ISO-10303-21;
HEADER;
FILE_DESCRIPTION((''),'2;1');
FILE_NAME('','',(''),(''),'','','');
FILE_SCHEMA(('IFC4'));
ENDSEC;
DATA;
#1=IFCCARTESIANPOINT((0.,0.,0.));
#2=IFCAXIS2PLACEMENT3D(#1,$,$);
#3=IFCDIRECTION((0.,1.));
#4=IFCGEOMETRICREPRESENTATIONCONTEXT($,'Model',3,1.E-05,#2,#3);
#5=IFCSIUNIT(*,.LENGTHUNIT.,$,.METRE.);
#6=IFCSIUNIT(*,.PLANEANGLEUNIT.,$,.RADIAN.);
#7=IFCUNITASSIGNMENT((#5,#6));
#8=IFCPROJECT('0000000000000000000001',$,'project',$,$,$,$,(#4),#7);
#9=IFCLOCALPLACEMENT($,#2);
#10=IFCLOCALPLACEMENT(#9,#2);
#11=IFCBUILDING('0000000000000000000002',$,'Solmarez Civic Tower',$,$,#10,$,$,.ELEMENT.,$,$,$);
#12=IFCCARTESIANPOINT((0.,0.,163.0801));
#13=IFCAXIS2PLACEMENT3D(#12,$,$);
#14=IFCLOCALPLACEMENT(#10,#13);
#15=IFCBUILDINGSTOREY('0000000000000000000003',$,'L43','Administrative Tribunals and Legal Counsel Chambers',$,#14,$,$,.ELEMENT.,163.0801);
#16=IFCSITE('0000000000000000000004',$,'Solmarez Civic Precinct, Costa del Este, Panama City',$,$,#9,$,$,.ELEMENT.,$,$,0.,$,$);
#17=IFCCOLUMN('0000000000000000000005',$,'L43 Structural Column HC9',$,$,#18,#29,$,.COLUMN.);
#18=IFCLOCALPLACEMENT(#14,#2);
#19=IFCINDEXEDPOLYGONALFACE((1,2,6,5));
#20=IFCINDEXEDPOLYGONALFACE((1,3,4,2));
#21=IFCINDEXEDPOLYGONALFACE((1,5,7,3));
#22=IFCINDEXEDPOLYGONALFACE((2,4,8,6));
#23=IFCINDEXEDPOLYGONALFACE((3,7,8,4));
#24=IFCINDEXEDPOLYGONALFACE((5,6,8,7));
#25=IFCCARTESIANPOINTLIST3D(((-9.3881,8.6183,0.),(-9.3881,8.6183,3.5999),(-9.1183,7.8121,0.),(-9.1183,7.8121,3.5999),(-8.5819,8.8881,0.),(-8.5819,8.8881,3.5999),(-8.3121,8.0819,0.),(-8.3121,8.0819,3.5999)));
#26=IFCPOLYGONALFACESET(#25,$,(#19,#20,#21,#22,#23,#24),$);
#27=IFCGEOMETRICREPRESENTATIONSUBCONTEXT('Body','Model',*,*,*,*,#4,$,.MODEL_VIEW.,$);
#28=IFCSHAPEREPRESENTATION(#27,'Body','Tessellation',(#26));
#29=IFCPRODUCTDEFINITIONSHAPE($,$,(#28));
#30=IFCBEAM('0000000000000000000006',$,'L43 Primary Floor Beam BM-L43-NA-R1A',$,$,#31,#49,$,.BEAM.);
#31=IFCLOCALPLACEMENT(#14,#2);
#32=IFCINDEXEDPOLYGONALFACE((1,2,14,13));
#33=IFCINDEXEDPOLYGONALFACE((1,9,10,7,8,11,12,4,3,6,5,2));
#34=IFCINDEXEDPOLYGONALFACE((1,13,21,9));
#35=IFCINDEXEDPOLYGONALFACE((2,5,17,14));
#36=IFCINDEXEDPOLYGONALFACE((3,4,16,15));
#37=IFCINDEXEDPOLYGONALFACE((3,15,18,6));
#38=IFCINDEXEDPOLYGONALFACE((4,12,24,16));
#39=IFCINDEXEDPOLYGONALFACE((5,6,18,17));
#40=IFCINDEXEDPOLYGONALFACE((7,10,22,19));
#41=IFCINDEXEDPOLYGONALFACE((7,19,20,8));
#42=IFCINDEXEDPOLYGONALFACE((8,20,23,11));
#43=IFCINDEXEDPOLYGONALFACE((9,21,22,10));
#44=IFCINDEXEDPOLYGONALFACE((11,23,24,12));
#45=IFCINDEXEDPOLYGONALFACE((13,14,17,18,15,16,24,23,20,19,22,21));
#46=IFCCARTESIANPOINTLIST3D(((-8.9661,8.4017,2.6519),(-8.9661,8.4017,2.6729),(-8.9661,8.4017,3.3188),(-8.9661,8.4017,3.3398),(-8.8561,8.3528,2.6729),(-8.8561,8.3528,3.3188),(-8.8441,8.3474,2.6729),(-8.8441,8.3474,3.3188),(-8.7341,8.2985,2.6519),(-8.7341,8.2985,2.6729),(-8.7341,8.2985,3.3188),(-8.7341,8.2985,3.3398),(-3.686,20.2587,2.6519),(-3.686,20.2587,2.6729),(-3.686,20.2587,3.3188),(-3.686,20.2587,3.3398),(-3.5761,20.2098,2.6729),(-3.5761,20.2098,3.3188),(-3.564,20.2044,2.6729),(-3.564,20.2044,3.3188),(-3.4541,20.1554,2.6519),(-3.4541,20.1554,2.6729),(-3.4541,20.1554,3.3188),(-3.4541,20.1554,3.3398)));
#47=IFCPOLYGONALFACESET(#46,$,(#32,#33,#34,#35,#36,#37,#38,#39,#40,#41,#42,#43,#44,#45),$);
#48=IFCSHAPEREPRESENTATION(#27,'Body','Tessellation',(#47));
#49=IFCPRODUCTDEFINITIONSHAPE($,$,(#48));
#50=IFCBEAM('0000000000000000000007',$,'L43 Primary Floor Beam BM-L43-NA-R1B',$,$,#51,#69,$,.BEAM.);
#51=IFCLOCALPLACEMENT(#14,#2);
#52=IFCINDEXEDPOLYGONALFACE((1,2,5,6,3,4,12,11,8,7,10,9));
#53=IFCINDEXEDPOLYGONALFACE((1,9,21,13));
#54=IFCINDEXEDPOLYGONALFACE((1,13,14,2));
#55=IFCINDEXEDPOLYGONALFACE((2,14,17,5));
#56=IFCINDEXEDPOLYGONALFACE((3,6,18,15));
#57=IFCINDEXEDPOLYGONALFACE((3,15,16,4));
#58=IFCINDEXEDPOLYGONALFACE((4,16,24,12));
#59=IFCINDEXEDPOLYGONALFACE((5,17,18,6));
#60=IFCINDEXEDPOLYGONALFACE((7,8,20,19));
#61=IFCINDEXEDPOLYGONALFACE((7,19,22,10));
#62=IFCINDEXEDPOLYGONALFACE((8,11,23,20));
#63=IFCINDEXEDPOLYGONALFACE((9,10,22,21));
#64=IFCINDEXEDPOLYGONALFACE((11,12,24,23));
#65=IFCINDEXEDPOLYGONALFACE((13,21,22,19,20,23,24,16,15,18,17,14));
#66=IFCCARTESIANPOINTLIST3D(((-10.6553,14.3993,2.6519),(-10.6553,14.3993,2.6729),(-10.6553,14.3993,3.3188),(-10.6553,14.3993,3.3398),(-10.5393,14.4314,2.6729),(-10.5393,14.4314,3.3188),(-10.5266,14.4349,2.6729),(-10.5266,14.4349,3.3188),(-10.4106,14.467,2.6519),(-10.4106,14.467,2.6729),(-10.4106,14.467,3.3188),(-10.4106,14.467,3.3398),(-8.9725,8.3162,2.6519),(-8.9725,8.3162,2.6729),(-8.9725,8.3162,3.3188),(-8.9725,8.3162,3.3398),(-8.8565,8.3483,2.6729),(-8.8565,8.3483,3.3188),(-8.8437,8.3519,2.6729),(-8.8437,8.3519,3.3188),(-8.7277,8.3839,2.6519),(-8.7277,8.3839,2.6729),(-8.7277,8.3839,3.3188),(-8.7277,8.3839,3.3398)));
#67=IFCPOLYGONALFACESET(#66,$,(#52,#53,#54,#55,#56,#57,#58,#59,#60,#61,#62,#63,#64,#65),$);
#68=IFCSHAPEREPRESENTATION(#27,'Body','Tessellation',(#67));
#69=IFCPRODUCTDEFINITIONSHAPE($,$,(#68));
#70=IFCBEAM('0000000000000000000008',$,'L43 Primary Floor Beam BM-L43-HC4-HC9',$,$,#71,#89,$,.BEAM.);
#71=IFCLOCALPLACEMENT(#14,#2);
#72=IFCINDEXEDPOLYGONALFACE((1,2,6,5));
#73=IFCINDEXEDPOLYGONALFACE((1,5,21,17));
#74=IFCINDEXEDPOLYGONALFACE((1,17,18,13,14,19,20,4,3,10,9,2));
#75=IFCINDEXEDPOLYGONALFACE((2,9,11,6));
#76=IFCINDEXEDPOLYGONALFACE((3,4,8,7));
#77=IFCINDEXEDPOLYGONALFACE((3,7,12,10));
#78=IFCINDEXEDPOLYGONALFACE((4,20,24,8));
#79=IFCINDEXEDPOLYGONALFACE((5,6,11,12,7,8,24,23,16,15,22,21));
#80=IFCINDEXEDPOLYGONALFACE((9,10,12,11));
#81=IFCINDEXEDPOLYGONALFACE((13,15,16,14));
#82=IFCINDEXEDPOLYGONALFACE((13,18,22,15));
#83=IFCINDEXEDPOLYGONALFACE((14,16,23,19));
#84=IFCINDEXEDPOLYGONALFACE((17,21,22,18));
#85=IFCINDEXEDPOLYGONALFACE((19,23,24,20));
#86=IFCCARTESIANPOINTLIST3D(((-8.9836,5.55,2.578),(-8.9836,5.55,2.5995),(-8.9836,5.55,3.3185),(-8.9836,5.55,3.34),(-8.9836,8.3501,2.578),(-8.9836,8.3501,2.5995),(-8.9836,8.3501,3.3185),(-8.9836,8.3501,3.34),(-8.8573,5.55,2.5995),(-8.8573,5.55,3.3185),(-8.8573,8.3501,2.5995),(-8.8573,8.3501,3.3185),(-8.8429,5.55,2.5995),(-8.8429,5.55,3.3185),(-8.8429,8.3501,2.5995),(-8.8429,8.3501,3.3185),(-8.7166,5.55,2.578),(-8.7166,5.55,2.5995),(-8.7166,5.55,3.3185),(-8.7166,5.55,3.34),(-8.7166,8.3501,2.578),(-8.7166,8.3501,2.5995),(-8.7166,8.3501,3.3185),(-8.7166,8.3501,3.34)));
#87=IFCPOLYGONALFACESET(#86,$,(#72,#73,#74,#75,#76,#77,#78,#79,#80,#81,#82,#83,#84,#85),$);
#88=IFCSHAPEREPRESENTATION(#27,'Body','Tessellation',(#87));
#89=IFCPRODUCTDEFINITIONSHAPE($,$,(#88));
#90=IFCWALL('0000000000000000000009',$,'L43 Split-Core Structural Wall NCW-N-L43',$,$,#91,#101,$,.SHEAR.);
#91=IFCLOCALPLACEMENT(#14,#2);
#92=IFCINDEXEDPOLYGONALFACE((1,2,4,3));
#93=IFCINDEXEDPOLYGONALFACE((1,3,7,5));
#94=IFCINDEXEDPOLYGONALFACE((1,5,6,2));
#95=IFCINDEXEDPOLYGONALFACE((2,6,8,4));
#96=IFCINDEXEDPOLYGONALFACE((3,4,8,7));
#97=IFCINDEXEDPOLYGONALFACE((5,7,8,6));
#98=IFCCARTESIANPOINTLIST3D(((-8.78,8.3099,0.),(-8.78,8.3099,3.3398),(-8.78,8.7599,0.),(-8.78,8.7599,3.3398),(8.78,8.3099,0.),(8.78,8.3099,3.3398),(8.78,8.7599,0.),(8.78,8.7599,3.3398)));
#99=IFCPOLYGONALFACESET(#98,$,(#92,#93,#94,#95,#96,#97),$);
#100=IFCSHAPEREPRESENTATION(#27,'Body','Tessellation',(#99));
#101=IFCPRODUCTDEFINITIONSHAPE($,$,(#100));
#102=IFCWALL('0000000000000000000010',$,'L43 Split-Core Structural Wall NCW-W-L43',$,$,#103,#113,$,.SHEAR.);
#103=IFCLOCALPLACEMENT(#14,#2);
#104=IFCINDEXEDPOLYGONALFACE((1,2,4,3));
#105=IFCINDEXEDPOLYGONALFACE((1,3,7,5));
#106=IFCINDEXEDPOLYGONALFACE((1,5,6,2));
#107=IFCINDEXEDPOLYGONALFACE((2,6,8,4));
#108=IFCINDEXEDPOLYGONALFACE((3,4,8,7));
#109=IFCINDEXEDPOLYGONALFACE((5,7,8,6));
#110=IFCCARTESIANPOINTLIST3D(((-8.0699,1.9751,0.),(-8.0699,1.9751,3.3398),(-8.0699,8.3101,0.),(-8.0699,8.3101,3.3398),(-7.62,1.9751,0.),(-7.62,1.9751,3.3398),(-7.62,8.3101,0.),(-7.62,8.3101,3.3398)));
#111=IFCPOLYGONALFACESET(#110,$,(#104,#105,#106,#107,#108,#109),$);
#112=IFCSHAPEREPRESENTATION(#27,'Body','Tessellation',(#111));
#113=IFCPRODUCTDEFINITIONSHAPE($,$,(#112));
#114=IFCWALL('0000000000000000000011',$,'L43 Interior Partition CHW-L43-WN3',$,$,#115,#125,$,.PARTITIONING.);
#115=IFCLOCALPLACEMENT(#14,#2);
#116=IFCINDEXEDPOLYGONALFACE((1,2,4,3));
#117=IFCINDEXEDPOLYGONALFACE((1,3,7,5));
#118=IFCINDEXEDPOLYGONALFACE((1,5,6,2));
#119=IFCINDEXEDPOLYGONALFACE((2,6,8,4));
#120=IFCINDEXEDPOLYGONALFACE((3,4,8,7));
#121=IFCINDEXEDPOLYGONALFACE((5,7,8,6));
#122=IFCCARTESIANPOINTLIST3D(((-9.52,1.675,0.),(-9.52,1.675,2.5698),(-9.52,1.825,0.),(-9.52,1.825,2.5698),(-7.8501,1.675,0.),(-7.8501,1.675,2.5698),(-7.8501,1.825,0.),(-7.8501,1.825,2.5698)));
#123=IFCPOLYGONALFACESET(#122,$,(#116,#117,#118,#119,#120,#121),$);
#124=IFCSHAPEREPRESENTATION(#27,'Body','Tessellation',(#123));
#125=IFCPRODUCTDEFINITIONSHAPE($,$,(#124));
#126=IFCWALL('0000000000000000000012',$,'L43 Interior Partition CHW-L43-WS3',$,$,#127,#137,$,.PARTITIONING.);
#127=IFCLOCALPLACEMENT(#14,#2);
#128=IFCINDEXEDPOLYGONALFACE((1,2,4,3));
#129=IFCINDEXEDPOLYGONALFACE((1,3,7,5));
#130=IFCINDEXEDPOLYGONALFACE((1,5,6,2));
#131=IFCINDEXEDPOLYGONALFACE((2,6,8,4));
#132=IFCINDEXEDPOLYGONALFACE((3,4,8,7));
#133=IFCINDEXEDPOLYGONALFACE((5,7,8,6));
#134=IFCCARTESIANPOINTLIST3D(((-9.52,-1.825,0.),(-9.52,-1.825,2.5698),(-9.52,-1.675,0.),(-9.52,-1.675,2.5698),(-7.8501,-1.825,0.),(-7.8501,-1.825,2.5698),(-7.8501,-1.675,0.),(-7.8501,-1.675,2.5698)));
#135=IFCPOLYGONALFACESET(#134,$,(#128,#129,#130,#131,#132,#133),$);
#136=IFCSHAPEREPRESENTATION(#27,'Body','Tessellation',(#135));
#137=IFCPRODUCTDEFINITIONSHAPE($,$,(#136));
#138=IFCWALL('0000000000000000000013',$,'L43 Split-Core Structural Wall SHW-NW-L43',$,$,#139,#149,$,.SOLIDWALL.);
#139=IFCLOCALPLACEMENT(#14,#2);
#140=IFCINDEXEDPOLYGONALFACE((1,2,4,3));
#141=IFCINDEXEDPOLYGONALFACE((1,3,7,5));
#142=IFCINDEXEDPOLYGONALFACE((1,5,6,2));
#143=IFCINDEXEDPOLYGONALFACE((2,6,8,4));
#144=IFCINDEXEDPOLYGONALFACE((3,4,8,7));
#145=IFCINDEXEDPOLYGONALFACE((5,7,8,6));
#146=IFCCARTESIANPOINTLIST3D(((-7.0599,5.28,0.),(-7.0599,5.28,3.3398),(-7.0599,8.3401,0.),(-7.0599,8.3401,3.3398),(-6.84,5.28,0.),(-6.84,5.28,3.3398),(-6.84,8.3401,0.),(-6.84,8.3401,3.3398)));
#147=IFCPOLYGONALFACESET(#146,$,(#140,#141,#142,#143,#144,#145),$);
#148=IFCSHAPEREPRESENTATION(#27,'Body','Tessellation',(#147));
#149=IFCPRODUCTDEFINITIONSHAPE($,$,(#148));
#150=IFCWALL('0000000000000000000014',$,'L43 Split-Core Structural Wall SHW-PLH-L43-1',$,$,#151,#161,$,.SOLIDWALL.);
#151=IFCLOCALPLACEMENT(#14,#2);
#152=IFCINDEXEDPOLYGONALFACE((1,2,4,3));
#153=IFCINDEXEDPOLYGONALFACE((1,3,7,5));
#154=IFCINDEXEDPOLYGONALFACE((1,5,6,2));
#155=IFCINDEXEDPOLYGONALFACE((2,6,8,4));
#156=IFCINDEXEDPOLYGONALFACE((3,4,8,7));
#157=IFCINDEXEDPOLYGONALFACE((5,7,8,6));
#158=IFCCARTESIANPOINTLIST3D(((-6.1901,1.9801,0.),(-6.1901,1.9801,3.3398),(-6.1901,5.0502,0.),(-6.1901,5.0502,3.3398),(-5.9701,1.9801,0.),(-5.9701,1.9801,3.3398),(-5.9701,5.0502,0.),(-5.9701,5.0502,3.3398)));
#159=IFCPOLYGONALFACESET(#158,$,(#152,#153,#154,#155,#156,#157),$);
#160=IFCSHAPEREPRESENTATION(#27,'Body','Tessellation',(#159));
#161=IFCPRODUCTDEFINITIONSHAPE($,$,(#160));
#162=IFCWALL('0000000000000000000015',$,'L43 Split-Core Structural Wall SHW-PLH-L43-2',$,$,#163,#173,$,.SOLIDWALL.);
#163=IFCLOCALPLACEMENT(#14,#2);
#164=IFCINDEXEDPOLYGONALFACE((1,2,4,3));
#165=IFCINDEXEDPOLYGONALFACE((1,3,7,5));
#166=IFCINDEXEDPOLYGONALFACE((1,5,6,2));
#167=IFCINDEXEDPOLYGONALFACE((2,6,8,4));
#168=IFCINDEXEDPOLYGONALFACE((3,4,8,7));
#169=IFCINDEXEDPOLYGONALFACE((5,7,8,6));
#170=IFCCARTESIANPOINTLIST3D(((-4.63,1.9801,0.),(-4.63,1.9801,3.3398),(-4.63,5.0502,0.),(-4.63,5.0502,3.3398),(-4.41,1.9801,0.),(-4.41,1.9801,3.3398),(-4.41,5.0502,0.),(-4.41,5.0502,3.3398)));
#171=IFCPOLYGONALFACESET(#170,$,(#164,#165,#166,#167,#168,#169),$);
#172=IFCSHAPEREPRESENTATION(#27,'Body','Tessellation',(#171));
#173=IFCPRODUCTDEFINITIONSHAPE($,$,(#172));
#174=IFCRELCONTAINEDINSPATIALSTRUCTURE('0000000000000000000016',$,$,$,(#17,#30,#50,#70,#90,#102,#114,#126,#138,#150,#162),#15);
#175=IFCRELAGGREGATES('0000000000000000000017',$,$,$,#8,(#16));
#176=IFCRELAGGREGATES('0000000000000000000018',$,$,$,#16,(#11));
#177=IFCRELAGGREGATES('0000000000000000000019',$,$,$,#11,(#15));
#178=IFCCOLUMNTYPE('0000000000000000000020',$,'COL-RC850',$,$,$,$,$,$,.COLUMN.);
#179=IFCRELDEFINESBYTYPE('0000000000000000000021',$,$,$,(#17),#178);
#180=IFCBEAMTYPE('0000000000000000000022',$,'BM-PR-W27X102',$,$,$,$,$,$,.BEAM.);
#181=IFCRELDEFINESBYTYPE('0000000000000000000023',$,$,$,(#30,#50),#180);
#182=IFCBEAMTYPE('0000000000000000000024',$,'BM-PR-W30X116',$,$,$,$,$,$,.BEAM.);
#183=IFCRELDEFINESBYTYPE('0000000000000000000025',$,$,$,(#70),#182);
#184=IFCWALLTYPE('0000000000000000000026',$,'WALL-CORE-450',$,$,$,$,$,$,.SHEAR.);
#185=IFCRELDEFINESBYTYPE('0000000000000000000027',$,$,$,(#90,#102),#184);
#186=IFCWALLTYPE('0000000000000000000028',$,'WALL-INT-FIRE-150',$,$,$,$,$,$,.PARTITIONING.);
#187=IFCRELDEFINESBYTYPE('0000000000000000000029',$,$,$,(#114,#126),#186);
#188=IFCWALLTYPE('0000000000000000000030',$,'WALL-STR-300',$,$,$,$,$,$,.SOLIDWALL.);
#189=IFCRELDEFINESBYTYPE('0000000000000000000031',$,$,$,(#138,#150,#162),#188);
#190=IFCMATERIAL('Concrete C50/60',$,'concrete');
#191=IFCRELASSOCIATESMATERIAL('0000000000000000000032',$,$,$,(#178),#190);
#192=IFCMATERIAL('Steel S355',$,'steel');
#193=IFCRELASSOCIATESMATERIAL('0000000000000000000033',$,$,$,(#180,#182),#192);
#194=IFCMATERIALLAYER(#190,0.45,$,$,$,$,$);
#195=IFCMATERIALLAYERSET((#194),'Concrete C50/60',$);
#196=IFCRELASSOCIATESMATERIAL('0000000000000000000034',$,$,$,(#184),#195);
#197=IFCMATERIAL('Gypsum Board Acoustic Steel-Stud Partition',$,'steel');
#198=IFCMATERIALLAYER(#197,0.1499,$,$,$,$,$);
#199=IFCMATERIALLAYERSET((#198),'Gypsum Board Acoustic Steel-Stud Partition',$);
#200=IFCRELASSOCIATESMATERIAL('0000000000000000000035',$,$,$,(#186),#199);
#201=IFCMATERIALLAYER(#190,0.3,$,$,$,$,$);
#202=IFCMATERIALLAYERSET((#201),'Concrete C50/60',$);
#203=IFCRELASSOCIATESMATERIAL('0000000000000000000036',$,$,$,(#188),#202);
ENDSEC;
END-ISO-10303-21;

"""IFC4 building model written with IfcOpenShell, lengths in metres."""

from ifc_helpers import new_model, si_unit, direction, frame, frame_2d, origin, origin_2d, place, context, subcontext, project, spatial, rectangle, i_section, extrude, material, layer, layer_set, material_profile, profile_set, type_object, element, save


model = new_model("IFC4")

# Units and contexts
model_context = context("Model", 3, precision=1e-05, world=origin(), true_north=direction((0.0, 1.0)))
body_context = subcontext(model_context, "Body", "Model", "MODEL_VIEW")
ifc_project = project(units=[si_unit("LENGTHUNIT", "METRE"), si_unit("PLANEANGLEUNIT", "RADIAN")], contexts=[model_context])

# Site, building, storey
site_placement = place(None, origin())
site = spatial("IfcSite", under=ifc_project, at=site_placement, Name="Solmarez Civic Precinct, Costa del Este, Panama City", CompositionType="ELEMENT", RefElevation=0.0)
building_placement = place(site_placement, origin())
building = spatial("IfcBuilding", under=site, at=building_placement, Name="Solmarez Civic Tower", CompositionType="ELEMENT")
storey_placement = place(building_placement, frame((0.0, 0.0, 163.0801)))
storey = spatial("IfcBuildingStorey", under=building, at=storey_placement, Name="L43", Description="Administrative Tribunals and Legal Counsel Chambers", CompositionType="ELEMENT", Elevation=163.0801)

# Column
ifc_material_1 = material(Name="Concrete C50/60", Category="concrete")
ifc_material_profile_1 = material_profile(ifc_material_1, rectangle(XDim=0.8501, YDim=0.8501, at=origin_2d()), Name="RC850X850")
ifc_profile_set_1 = profile_set([ifc_material_profile_1], Name="Concrete C50/60")
column_type = type_object("IfcColumnType", Name="COL-RC850", PredefinedType="COLUMN", material=ifc_profile_set_1)
column_placement = place(storey_placement, frame((-8.8501, 8.3501, 0.0), z_axis=(0.0, 0.0, 1.0), x_axis=(0.948324, 0.317305, 0.0)))
element("IfcColumn", 1, at=column_placement, inside=storey, type_object=column_type, Name="L43 Structural Column HC9", PredefinedType="COLUMN", context=body_context, shape_type="SweptSolid", body=[
    extrude(rectangle(XDim=0.8501, YDim=0.8501, at=origin_2d()), origin(), (0.0, 0.0, 1.0), 3.5999),
])

# Beams
ifc_material_2 = material(Name="Steel S355", Category="steel")
ifc_material_profile_2 = material_profile(ifc_material_2, i_section(OverallWidth=0.2539, OverallDepth=0.688, WebThickness=0.0132, FlangeThickness=0.021, at=origin_2d()), Name="W27X102")
ifc_profile_set_2 = profile_set([ifc_material_profile_2], Name="Steel S355")
beam_type_1 = type_object("IfcBeamType", Name="BM-PR-W27X102", PredefinedType="BEAM", material=ifc_profile_set_2)
beam_1_placement = place(storey_placement, frame((-8.8501, 8.3501, 2.9958), z_axis=(0.4068, 0.913517, 0.0), x_axis=(-0.913517, 0.4068, 0.0)))
element("IfcBeam", 2, at=beam_1_placement, inside=storey, type_object=beam_type_1, Name="L43 Primary Floor Beam BM-L43-NA-R1A", PredefinedType="BEAM", context=body_context, shape_type="SweptSolid", body=[
    extrude(i_section(OverallWidth=0.2539, OverallDepth=0.688, WebThickness=0.0132, FlangeThickness=0.021, at=origin_2d()), origin(), (0.0, 0.0, 1.0), 12.9795),
])
beam_2_placement = place(storey_placement, frame((-8.8501, 8.3501, 2.9958), z_axis=(-0.266634, 0.963798, 0.0), x_axis=(-0.963798, -0.266634, 0.0)))
element("IfcBeam", 3, at=beam_2_placement, inside=storey, type_object=beam_type_1, Name="L43 Primary Floor Beam BM-L43-NA-R1B", PredefinedType="BEAM", context=body_context, shape_type="SweptSolid", body=[
    extrude(i_section(OverallWidth=0.2539, OverallDepth=0.688, WebThickness=0.0132, FlangeThickness=0.021, at=origin_2d()), origin(), (0.0, 0.0, 1.0), 6.3115),
])
ifc_material_profile_3 = material_profile(ifc_material_2, i_section(OverallWidth=0.2671, OverallDepth=0.762, WebThickness=0.0144, FlangeThickness=0.0215, at=origin_2d()), Name="W30X116")
ifc_profile_set_3 = profile_set([ifc_material_profile_3], Name="Steel S355")
beam_type_2 = type_object("IfcBeamType", Name="BM-PR-W30X116", PredefinedType="BEAM", material=ifc_profile_set_3)
beam_3_placement = place(storey_placement, frame((-8.8501, 5.55, 2.959), z_axis=(0.0, 1.0, 0.0), x_axis=(-1.0, 0.0, 0.0)))
element("IfcBeam", 4, at=beam_3_placement, inside=storey, type_object=beam_type_2, Name="L43 Primary Floor Beam BM-L43-HC4-HC9", PredefinedType="BEAM", context=body_context, shape_type="SweptSolid", body=[
    extrude(i_section(OverallWidth=0.2671, OverallDepth=0.762, WebThickness=0.0144, FlangeThickness=0.0215, at=origin_2d()), origin(), (0.0, 0.0, 1.0), 2.8),
])

# Walls
ifc_layer_1 = layer(ifc_material_1, 0.45)
ifc_layer_set_1 = layer_set([ifc_layer_1], Name="Concrete C50/60")
wall_type_1 = type_object("IfcWallType", Name="WALL-CORE-450", PredefinedType="SHEAR", material=ifc_layer_set_1)
wall_1_placement = place(storey_placement, frame((-8.78, 8.5349, 0.0), z_axis=(0.0, 0.0, 1.0), x_axis=(1.0, 0.0, 0.0)))
element("IfcWall", 5, at=wall_1_placement, inside=storey, type_object=wall_type_1, Name="L43 Split-Core Structural Wall NCW-N-L43", PredefinedType="SHEAR", context=body_context, shape_type="SweptSolid", body=[
    extrude(rectangle(XDim=17.5601, YDim=0.45, at=frame_2d((8.78, 0.0))), origin(), (0.0, 0.0, 1.0), 3.3398),
])
wall_2_placement = place(storey_placement, frame((-7.845, 1.9751, 0.0), z_axis=(0.0, 0.0, 1.0), x_axis=(0.0, 1.0, 0.0)))
element("IfcWall", 6, at=wall_2_placement, inside=storey, type_object=wall_type_1, Name="L43 Split-Core Structural Wall NCW-W-L43", PredefinedType="SHEAR", context=body_context, shape_type="SweptSolid", body=[
    extrude(rectangle(XDim=6.335, YDim=0.45, at=frame_2d((3.1675, 0.0))), origin(), (0.0, 0.0, 1.0), 3.3398),
])

# Walls
ifc_material_3 = material(Name="Gypsum Board Acoustic Steel-Stud Partition", Category="steel")
ifc_layer_2 = layer(ifc_material_3, 0.1499)
ifc_layer_set_2 = layer_set([ifc_layer_2], Name="Gypsum Board Acoustic Steel-Stud Partition")
wall_type_2 = type_object("IfcWallType", Name="WALL-INT-FIRE-150", PredefinedType="PARTITIONING", material=ifc_layer_set_2)
for number, where, z_axis, x_axis, name in (
    (7, (-7.8501, 1.75, 0.0), (0.0, 0.0, 1.0), (-1.0, 0.0, 0.0), "L43 Interior Partition CHW-L43-WN3"),
    (8, (-7.8501, -1.75, 0.0), (0.0, 0.0, 1.0), (-1.0, 0.0, 0.0), "L43 Interior Partition CHW-L43-WS3"),
):
    element("IfcWall", number, at=place(storey_placement, frame(where, z_axis=z_axis, x_axis=x_axis)), inside=storey, type_object=wall_type_2, Name=name, PredefinedType="PARTITIONING", context=body_context, shape_type="SweptSolid", body=[
        extrude(rectangle(XDim=1.6699, YDim=0.1499, at=frame_2d((0.835, 0.0))), origin(), (0.0, 0.0, 1.0), 2.5698),
    ])
ifc_layer_3 = layer(ifc_material_1, 0.3)
ifc_layer_set_3 = layer_set([ifc_layer_3], Name="Concrete C50/60")
wall_type_3 = type_object("IfcWallType", Name="WALL-STR-300", PredefinedType="SOLIDWALL", material=ifc_layer_set_3)
wall_3_placement = place(storey_placement, frame((-6.95, 5.28, 0.0), z_axis=(0.0, 0.0, 1.0), x_axis=(0.0, 1.0, 0.0)))
element("IfcWall", 9, at=wall_3_placement, inside=storey, type_object=wall_type_3, Name="L43 Split-Core Structural Wall SHW-NW-L43", PredefinedType="SOLIDWALL", context=body_context, shape_type="SweptSolid", body=[
    extrude(rectangle(XDim=3.0601, YDim=0.22, at=frame_2d((1.53, 0.0))), origin(), (0.0, 0.0, 1.0), 3.3398),
])
for number, where, z_axis, x_axis, name in (
    (10, (-6.0801, 1.98, 0.0), (0.0, 0.0, 1.0), (0.0, 1.0, 0.0), "L43 Split-Core Structural Wall SHW-PLH-L43-1"),
    (11, (-4.52, 1.98, 0.0), (0.0, 0.0, 1.0), (0.0, 1.0, 0.0), "L43 Split-Core Structural Wall SHW-PLH-L43-2"),
):
    element("IfcWall", number, at=place(storey_placement, frame(where, z_axis=z_axis, x_axis=x_axis)), inside=storey, type_object=wall_type_3, Name=name, PredefinedType="SOLIDWALL", context=body_context, shape_type="SweptSolid", body=[
        extrude(rectangle(XDim=3.0701, YDim=0.22, at=frame_2d((1.5352, 0.0))), origin(), (0.0, 0.0, 1.0), 3.3398),
    ])

save(model, "model.ifc")
